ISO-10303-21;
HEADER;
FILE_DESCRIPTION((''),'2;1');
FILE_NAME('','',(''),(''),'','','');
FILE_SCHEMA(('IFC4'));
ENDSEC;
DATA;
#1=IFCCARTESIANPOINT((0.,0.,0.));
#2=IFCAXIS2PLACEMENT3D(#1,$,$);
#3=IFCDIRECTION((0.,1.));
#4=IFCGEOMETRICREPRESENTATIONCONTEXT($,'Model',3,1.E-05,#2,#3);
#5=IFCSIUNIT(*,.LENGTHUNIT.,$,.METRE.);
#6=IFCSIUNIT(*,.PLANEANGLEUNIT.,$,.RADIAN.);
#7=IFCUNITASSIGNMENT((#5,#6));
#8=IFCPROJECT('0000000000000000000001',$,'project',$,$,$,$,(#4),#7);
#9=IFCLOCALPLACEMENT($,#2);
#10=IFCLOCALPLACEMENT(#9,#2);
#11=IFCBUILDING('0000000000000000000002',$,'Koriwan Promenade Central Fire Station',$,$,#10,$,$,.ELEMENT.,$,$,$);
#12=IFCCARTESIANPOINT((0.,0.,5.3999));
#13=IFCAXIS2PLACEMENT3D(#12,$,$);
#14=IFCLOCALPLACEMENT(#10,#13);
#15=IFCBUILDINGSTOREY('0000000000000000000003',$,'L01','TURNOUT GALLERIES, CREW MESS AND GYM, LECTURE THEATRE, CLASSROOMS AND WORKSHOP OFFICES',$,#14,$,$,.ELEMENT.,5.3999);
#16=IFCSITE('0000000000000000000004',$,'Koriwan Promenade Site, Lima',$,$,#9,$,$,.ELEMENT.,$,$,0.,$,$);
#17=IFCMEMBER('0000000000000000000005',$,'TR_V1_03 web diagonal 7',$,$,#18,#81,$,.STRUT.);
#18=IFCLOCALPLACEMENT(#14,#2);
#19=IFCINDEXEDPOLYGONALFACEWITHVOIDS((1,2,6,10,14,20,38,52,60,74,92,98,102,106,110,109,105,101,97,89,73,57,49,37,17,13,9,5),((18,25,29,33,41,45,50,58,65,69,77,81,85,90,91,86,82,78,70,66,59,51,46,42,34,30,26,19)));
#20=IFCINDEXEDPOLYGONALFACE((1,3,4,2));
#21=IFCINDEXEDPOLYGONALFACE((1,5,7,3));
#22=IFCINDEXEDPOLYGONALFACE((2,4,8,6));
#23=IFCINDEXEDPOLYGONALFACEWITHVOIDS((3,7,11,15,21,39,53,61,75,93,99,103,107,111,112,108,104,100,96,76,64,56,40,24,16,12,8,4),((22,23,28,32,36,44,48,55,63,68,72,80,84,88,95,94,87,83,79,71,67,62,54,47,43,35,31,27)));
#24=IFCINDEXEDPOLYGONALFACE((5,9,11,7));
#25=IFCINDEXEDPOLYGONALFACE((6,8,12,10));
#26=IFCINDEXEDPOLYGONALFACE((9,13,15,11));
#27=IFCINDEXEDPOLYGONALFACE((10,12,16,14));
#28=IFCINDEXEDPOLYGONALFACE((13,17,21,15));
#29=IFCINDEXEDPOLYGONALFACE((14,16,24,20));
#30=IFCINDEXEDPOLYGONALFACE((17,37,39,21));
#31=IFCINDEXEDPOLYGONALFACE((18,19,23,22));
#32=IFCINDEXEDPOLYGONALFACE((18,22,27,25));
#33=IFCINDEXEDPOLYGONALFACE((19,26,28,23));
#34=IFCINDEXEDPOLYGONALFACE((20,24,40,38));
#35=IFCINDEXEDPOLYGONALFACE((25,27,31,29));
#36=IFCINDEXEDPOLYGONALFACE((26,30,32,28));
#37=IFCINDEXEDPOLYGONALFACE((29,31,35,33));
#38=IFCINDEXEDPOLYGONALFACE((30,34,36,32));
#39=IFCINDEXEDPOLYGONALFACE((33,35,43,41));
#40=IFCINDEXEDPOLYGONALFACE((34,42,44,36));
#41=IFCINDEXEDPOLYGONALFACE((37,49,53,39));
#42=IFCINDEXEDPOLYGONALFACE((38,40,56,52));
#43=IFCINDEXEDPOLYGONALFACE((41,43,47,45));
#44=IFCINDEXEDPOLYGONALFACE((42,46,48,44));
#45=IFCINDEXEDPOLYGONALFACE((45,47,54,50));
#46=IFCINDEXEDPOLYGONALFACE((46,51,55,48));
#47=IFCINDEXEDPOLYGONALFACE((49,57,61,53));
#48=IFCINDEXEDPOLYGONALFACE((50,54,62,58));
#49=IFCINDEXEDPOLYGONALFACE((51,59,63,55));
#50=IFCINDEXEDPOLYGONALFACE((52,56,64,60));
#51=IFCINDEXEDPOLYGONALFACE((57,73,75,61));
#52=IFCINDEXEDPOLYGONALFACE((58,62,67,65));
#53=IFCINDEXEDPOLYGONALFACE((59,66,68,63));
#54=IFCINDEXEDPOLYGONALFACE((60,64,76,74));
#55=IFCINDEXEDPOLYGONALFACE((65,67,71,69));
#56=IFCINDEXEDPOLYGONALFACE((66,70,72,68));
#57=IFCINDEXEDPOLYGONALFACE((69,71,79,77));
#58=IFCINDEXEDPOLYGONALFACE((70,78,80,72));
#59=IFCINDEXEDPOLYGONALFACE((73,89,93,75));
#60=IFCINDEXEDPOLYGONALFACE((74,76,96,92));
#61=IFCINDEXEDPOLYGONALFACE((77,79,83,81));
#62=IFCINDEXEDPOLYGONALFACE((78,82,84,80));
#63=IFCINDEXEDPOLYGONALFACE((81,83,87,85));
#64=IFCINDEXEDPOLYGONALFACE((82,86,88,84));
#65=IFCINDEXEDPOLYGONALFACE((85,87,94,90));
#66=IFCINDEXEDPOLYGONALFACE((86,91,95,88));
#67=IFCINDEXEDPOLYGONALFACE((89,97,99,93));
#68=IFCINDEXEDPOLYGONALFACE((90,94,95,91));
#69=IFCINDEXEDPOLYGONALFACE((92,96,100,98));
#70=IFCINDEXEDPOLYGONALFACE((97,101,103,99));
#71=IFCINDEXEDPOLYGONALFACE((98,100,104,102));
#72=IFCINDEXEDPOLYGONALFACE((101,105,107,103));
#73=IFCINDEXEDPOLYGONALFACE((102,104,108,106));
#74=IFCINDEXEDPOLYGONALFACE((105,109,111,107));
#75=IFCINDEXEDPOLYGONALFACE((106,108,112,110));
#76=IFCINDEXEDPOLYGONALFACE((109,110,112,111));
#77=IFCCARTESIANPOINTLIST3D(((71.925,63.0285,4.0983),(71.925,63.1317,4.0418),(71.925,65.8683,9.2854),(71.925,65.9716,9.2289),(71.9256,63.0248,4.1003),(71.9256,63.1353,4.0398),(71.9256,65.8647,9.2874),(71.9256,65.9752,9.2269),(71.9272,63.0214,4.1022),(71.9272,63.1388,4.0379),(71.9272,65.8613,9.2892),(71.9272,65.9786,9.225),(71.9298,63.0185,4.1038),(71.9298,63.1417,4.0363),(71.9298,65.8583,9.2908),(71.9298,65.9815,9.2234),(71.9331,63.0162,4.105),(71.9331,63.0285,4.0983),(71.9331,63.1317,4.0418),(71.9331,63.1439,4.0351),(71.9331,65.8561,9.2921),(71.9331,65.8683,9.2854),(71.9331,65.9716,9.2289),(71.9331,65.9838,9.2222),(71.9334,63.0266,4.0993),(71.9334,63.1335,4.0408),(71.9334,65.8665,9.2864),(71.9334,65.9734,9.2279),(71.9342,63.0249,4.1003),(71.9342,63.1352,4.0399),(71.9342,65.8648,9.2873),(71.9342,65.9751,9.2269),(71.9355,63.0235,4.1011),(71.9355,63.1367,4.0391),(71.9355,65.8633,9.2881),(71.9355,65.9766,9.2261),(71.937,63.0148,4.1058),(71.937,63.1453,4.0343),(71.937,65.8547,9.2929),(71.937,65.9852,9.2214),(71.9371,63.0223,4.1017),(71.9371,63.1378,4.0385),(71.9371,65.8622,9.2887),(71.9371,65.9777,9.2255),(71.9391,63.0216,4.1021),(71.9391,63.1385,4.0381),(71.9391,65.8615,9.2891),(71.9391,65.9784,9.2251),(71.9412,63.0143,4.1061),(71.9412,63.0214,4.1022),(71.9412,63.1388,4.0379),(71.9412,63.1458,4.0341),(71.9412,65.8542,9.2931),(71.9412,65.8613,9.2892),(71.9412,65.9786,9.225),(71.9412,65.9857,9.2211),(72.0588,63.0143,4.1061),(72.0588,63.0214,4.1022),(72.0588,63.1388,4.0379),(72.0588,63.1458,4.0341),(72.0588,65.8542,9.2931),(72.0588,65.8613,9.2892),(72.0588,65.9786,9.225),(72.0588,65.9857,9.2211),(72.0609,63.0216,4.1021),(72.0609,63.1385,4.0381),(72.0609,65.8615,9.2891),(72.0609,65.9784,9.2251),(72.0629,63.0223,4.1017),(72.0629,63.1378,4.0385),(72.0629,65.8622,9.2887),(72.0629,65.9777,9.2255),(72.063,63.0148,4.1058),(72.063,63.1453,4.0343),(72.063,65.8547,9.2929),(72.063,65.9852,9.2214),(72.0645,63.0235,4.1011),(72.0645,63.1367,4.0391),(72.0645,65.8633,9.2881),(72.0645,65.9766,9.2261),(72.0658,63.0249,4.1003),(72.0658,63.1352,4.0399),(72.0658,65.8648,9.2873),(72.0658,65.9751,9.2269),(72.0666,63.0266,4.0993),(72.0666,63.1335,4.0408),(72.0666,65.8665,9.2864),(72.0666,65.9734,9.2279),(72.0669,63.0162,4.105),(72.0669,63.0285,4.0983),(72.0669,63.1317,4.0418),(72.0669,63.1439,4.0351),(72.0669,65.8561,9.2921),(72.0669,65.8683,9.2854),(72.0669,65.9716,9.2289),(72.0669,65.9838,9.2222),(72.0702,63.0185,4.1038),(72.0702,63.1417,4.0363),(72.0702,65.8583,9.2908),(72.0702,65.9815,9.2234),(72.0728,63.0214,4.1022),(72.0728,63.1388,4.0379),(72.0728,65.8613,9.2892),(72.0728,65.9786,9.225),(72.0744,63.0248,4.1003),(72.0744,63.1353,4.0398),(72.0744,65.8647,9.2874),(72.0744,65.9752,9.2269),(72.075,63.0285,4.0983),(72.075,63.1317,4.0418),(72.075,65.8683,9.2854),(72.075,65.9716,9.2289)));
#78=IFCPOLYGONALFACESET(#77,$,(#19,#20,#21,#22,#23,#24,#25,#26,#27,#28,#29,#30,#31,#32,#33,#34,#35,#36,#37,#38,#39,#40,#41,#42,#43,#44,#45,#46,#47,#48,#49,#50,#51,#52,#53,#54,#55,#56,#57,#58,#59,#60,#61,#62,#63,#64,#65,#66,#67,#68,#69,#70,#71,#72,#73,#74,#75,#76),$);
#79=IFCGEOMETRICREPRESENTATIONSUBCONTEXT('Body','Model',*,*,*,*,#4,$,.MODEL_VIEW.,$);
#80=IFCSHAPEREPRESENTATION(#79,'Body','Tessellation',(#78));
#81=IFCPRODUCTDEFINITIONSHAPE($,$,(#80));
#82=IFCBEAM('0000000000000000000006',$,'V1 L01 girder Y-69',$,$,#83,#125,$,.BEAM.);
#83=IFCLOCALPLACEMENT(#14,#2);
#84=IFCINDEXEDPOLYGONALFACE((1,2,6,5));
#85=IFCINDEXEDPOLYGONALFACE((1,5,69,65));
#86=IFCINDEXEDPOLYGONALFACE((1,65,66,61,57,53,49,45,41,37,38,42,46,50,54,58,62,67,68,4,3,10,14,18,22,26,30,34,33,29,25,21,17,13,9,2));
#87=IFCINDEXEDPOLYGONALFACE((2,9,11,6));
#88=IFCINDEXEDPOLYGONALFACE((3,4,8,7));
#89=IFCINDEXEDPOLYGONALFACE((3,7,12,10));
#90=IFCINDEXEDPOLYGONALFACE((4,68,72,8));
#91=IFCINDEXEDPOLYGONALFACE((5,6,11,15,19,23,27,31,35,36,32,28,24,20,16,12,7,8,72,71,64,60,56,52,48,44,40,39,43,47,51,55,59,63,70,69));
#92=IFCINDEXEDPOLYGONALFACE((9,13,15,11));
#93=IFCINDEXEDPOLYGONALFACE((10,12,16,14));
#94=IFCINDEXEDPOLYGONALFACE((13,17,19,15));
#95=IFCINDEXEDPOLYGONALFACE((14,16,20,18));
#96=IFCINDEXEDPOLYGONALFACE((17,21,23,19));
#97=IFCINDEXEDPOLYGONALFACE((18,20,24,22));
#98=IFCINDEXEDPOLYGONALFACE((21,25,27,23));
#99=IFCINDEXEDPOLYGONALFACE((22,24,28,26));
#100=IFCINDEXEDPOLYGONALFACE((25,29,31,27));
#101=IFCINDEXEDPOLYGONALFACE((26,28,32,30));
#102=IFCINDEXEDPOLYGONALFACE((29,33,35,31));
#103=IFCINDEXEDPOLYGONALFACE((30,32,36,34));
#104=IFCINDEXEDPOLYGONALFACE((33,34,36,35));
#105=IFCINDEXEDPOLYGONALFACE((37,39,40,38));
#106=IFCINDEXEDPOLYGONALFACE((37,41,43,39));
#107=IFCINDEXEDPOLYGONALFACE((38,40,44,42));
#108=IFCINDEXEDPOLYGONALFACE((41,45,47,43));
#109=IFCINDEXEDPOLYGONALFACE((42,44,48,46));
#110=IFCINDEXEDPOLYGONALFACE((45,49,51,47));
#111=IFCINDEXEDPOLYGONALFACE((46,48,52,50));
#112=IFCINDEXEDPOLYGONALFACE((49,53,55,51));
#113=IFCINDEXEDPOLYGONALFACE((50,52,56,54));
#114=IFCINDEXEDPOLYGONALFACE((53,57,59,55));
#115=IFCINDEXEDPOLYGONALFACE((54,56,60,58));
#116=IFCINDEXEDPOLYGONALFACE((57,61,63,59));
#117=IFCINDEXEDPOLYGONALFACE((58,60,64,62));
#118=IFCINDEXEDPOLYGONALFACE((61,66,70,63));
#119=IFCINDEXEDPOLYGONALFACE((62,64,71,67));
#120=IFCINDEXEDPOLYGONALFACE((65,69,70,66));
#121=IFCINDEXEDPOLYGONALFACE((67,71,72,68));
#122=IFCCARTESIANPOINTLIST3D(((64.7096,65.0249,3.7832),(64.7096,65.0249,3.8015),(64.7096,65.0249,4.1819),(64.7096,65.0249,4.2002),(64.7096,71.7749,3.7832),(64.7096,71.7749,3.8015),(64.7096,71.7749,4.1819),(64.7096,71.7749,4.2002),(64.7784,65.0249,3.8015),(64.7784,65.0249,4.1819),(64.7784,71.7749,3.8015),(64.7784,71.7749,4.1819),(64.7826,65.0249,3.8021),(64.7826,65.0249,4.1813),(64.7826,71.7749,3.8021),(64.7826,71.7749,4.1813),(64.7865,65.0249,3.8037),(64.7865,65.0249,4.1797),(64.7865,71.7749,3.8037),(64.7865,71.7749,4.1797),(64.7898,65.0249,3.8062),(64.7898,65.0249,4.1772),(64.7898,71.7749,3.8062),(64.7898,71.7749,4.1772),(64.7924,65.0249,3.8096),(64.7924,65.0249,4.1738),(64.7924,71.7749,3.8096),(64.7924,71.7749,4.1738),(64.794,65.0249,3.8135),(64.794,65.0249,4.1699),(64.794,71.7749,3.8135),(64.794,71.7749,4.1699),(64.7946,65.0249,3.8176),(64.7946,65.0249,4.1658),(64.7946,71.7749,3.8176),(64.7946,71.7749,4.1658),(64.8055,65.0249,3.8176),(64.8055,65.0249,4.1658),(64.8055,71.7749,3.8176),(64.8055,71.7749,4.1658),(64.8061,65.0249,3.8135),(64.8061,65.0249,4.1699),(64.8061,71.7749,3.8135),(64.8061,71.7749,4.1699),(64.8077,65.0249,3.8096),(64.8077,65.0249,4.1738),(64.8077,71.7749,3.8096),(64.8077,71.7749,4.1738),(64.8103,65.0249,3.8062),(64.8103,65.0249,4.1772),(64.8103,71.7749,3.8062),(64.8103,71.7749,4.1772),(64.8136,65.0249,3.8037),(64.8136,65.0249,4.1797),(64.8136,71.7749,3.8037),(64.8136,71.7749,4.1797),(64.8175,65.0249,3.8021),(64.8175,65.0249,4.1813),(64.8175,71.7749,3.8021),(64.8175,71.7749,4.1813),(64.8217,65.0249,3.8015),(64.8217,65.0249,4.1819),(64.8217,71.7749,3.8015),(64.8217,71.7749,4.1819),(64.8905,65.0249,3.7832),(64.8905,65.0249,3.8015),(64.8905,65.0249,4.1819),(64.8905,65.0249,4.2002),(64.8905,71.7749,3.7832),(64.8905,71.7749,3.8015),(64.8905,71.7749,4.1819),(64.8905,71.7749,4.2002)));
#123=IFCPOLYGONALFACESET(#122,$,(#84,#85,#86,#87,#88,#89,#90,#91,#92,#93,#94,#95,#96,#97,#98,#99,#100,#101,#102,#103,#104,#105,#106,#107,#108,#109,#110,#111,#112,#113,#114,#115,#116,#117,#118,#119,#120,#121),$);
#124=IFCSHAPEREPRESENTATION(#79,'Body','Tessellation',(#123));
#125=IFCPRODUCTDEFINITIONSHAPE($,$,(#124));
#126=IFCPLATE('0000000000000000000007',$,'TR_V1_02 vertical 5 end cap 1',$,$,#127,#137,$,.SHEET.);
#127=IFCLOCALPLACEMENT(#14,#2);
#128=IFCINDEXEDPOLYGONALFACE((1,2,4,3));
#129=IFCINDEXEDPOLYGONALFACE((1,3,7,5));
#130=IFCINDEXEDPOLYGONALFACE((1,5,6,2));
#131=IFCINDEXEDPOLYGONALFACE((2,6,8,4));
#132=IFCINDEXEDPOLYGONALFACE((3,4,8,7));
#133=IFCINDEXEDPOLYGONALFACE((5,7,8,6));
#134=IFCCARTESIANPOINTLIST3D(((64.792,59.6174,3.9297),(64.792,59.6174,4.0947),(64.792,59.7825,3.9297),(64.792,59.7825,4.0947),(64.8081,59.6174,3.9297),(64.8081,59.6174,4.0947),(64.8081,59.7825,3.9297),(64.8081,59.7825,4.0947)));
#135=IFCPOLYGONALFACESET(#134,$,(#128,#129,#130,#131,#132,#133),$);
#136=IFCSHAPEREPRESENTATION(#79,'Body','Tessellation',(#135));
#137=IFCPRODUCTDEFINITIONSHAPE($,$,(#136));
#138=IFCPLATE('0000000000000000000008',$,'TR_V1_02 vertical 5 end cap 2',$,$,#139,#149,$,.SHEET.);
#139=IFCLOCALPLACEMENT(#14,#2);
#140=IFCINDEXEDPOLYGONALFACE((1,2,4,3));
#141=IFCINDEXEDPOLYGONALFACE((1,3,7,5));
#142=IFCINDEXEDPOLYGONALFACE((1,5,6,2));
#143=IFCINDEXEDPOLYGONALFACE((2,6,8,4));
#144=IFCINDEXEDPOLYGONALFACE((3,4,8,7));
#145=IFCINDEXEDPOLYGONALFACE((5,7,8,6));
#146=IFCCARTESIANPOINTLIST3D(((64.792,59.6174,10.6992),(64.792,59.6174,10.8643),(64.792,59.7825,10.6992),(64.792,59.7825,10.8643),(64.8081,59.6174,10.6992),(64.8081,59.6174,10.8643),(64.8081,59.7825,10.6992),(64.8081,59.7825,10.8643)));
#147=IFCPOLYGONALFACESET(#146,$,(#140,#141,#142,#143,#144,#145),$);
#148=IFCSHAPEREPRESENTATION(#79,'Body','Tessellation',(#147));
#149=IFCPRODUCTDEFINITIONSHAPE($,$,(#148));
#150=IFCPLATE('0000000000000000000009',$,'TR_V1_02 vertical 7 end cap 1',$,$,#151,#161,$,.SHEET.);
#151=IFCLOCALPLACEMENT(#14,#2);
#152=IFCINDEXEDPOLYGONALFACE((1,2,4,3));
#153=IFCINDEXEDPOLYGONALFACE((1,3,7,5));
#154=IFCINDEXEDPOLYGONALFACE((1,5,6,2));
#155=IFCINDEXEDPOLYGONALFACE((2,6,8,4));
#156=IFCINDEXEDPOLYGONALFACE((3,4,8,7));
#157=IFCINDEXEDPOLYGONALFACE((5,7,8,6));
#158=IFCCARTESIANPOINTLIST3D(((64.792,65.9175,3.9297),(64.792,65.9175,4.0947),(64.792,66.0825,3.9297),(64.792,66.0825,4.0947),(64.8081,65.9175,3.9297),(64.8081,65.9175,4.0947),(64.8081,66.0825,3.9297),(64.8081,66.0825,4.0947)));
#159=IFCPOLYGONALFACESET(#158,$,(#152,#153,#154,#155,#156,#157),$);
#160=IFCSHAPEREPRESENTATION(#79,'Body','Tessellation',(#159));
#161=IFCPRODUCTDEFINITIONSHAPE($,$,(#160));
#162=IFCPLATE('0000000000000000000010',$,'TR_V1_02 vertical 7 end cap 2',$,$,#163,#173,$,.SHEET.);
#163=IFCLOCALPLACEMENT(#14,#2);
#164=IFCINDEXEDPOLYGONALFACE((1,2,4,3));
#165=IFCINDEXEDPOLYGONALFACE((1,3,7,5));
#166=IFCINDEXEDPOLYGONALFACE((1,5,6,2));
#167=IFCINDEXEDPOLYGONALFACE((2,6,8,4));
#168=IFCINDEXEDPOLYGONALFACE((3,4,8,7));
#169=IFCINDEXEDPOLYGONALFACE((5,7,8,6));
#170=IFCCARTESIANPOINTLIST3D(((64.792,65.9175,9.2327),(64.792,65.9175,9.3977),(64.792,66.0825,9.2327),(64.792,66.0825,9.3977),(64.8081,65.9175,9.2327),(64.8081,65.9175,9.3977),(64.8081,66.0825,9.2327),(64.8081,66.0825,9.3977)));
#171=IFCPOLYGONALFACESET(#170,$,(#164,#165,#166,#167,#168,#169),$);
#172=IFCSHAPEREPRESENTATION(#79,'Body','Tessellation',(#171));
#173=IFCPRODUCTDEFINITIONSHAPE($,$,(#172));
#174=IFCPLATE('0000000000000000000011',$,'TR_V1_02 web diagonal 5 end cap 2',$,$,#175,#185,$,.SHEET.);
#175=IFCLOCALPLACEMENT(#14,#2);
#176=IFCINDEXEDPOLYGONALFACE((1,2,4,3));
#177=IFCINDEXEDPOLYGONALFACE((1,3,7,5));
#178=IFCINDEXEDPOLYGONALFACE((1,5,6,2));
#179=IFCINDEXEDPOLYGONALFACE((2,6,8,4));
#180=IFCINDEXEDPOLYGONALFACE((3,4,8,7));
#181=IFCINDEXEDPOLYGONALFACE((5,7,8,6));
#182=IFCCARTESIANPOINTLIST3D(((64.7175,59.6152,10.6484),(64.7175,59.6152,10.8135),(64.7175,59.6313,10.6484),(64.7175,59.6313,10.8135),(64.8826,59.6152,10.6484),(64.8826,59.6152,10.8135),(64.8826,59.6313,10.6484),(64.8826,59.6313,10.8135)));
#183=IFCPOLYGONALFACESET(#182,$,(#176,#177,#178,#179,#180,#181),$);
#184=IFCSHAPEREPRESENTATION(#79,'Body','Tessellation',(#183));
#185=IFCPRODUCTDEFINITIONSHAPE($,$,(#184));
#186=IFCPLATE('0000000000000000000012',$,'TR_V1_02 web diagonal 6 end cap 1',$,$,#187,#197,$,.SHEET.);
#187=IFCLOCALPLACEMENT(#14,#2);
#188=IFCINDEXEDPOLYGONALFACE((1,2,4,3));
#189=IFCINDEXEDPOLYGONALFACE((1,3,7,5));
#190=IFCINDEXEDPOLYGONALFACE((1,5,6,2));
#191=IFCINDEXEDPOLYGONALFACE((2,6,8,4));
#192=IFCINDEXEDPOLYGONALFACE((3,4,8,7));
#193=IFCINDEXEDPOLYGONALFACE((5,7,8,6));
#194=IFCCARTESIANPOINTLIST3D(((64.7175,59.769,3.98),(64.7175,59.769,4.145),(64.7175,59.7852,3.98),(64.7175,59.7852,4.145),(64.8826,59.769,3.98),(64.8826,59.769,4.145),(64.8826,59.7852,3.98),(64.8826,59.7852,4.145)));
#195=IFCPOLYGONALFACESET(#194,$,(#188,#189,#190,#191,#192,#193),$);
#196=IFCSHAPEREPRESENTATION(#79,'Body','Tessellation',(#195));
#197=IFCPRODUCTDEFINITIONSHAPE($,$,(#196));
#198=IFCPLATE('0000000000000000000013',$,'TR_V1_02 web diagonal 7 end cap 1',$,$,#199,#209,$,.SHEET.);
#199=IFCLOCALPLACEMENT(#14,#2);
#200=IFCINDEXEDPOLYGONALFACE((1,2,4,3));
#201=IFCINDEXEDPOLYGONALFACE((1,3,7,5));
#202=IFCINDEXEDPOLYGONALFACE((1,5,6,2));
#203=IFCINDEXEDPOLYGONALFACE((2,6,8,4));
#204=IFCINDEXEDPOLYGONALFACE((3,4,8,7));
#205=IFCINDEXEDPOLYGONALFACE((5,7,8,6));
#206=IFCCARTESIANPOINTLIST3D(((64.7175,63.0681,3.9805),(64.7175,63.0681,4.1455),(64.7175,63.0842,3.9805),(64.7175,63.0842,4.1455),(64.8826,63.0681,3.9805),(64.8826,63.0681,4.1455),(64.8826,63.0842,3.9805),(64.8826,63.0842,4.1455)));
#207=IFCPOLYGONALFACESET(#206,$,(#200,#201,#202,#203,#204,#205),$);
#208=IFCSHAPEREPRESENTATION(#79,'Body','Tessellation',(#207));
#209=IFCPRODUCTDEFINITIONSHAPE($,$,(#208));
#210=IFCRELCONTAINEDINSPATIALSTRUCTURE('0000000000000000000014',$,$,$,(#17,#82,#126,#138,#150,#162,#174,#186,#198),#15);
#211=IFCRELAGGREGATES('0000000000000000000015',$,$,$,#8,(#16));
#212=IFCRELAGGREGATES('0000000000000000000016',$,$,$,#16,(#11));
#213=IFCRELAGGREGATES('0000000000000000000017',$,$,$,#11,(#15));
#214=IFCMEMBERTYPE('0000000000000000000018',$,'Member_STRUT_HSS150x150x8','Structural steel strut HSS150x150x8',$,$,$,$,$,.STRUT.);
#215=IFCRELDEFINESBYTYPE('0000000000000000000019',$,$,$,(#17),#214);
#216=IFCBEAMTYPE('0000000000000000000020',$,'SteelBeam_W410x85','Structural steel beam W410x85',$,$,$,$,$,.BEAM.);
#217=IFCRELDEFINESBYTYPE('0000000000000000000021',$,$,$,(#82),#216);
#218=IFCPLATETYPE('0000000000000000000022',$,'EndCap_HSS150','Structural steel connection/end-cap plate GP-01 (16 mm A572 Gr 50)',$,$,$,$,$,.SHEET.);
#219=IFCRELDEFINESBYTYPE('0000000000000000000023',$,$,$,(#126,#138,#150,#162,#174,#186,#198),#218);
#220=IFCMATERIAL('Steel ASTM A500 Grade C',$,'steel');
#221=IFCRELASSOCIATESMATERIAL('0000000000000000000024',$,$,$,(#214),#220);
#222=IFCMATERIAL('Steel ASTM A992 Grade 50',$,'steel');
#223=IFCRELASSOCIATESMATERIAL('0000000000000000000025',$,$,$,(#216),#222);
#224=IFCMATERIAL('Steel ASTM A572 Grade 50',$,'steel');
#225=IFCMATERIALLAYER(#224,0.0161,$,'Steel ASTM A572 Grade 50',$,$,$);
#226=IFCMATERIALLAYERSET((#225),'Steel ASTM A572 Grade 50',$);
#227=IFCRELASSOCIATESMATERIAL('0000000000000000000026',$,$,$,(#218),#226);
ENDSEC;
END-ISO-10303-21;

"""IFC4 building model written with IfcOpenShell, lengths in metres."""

from ifc_helpers import new_model, si_unit, direction, frame, origin, origin_2d, place, context, subcontext, project, spatial, rectangle, hollow_rectangle, i_section, extrude, material, layer, layer_set, material_profile, profile_set, type_object, element, save


model = new_model("IFC4")

# Units and contexts
model_context = context("Model", 3, precision=1e-05, world=origin(), true_north=direction((0.0, 1.0)))
body_context = subcontext(model_context, "Body", "Model", "MODEL_VIEW")
ifc_project = project(units=[si_unit("LENGTHUNIT", "METRE"), si_unit("PLANEANGLEUNIT", "RADIAN")], contexts=[model_context])

# Site, building, storey
site_placement = place(None, origin())
site = spatial("IfcSite", under=ifc_project, at=site_placement, Name="Koriwan Promenade Site, Lima", CompositionType="ELEMENT", RefElevation=0.0)
building_placement = place(site_placement, origin())
building = spatial("IfcBuilding", under=site, at=building_placement, Name="Koriwan Promenade Central Fire Station", CompositionType="ELEMENT")
storey_placement = place(building_placement, frame((0.0, 0.0, 5.3999)))
storey = spatial("IfcBuildingStorey", under=building, at=storey_placement, Name="L01", Description="TURNOUT GALLERIES, CREW MESS AND GYM, LECTURE THEATRE, CLASSROOMS AND WORKSHOP OFFICES", CompositionType="ELEMENT", Elevation=5.3999)

# Member
ifc_material_1 = material(Name="Steel ASTM A992 Grade 50", Category="steel")
ifc_material_2 = material(Name="Steel ASTM A500 Grade C", Category="steel")
ifc_material_profile_1 = material_profile(ifc_material_2, hollow_rectangle(XDim=0.1499, YDim=0.1499, WallThickness=0.0081, InnerFilletRadius=0.0081, OuterFilletRadius=0.0161, at=origin_2d()), Name="HSS150x150x8")
ifc_profile_set_1 = profile_set([ifc_material_profile_1], Name="Steel ASTM A500 Grade C")
member_type_1 = type_object("IfcMemberType", Name="Member_STRUT_HSS150x150x8", Description="Structural steel strut HSS150x150x8", PredefinedType="STRUT", material=ifc_profile_set_1)
member_1_placement = place(storey_placement, frame((72.0, 63.0801, 4.0701), z_axis=(0.0, 0.480228, 0.877143), x_axis=(-1.0, 0.0, 0.0)))
element("IfcMember", 1, at=member_1_placement, inside=storey, type_object=member_type_1, Name="TR_V1_03 web diagonal 7", PredefinedType="STRUT", context=body_context, shape_type="SweptSolid", body=[
    extrude(hollow_rectangle(XDim=0.1499, YDim=0.1499, WallThickness=0.0081, InnerFilletRadius=0.0081, OuterFilletRadius=0.0161, at=origin_2d()), origin(), (0.0, 0.0, 1.0), 5.9136),
])

# Beam
ifc_material_profile_2 = material_profile(ifc_material_1, i_section(OverallWidth=0.1809, OverallDepth=0.417, WebThickness=0.011, FlangeThickness=0.0183, FilletRadius=0.0161, at=origin_2d()), Name="W410x85")
ifc_profile_set_2 = profile_set([ifc_material_profile_2], Name="Steel ASTM A992 Grade 50")
beam_type = type_object("IfcBeamType", Name="SteelBeam_W410x85", Description="Structural steel beam W410x85", PredefinedType="BEAM", material=ifc_profile_set_2)
beam_placement = place(storey_placement, frame((64.8, 65.0249, 3.9917), z_axis=(0.0, 1.0, 0.0), x_axis=(-1.0, 0.0, 0.0)))
element("IfcBeam", 2, at=beam_placement, inside=storey, type_object=beam_type, Name="V1 L01 girder Y-69", PredefinedType="BEAM", context=body_context, shape_type="SweptSolid", body=[
    extrude(i_section(OverallWidth=0.1809, OverallDepth=0.417, WebThickness=0.011, FlangeThickness=0.0183, FilletRadius=0.0161, at=origin_2d()), origin(), (0.0, 0.0, 1.0), 6.75),
])

# Plates
ifc_material_3 = material(Name="Steel ASTM A572 Grade 50", Category="steel")
ifc_layer_1 = layer(ifc_material_3, 0.0161, Name="Steel ASTM A572 Grade 50")
ifc_layer_set_1 = layer_set([ifc_layer_1], Name="Steel ASTM A572 Grade 50")
plate_type_1 = type_object("IfcPlateType", Name="EndCap_HSS150", Description="Structural steel connection/end-cap plate GP-01 (16 mm A572 Gr 50)", PredefinedType="SHEET", material=ifc_layer_set_1)
for number, where, z_axis, x_axis, name in (
    (3, (64.8, 59.7, 3.9297), (0.0, 0.0, 1.0), (1.0, 0.0, 0.0), "TR_V1_02 vertical 5 end cap 1"),
    (4, (64.8, 59.7, 10.6992), (0.0, 0.0, 1.0), (1.0, 0.0, 0.0), "TR_V1_02 vertical 5 end cap 2"),
    (5, (64.8, 66.0, 3.9297), (0.0, 0.0, 1.0), (1.0, 0.0, 0.0), "TR_V1_02 vertical 7 end cap 1"),
    (6, (64.8, 66.0, 9.2327), (0.0, 0.0, 1.0), (1.0, 0.0, 0.0), "TR_V1_02 vertical 7 end cap 2"),
    (7, (64.8, 59.6233, 10.6484), (0.0, 0.0, 1.0), (0.0, 1.0, 0.0), "TR_V1_02 web diagonal 5 end cap 2"),
    (8, (64.8, 59.7771, 3.98), (0.0, 0.0, 1.0), (0.0, 1.0, 0.0), "TR_V1_02 web diagonal 6 end cap 1"),
    (9, (64.8, 63.0762, 3.9805), (0.0, 0.0, 1.0), (0.0, 1.0, 0.0), "TR_V1_02 web diagonal 7 end cap 1"),
):
    element("IfcPlate", number, at=place(storey_placement, frame(where, z_axis=z_axis, x_axis=x_axis)), inside=storey, type_object=plate_type_1, Name=name, PredefinedType="SHEET", context=body_context, shape_type="SweptSolid", body=[
        extrude(rectangle(XDim=0.0161, YDim=0.165, at=origin_2d()), origin(), (0.0, 0.0, 1.0), 0.165),
    ])

save(model, "model.ifc")
